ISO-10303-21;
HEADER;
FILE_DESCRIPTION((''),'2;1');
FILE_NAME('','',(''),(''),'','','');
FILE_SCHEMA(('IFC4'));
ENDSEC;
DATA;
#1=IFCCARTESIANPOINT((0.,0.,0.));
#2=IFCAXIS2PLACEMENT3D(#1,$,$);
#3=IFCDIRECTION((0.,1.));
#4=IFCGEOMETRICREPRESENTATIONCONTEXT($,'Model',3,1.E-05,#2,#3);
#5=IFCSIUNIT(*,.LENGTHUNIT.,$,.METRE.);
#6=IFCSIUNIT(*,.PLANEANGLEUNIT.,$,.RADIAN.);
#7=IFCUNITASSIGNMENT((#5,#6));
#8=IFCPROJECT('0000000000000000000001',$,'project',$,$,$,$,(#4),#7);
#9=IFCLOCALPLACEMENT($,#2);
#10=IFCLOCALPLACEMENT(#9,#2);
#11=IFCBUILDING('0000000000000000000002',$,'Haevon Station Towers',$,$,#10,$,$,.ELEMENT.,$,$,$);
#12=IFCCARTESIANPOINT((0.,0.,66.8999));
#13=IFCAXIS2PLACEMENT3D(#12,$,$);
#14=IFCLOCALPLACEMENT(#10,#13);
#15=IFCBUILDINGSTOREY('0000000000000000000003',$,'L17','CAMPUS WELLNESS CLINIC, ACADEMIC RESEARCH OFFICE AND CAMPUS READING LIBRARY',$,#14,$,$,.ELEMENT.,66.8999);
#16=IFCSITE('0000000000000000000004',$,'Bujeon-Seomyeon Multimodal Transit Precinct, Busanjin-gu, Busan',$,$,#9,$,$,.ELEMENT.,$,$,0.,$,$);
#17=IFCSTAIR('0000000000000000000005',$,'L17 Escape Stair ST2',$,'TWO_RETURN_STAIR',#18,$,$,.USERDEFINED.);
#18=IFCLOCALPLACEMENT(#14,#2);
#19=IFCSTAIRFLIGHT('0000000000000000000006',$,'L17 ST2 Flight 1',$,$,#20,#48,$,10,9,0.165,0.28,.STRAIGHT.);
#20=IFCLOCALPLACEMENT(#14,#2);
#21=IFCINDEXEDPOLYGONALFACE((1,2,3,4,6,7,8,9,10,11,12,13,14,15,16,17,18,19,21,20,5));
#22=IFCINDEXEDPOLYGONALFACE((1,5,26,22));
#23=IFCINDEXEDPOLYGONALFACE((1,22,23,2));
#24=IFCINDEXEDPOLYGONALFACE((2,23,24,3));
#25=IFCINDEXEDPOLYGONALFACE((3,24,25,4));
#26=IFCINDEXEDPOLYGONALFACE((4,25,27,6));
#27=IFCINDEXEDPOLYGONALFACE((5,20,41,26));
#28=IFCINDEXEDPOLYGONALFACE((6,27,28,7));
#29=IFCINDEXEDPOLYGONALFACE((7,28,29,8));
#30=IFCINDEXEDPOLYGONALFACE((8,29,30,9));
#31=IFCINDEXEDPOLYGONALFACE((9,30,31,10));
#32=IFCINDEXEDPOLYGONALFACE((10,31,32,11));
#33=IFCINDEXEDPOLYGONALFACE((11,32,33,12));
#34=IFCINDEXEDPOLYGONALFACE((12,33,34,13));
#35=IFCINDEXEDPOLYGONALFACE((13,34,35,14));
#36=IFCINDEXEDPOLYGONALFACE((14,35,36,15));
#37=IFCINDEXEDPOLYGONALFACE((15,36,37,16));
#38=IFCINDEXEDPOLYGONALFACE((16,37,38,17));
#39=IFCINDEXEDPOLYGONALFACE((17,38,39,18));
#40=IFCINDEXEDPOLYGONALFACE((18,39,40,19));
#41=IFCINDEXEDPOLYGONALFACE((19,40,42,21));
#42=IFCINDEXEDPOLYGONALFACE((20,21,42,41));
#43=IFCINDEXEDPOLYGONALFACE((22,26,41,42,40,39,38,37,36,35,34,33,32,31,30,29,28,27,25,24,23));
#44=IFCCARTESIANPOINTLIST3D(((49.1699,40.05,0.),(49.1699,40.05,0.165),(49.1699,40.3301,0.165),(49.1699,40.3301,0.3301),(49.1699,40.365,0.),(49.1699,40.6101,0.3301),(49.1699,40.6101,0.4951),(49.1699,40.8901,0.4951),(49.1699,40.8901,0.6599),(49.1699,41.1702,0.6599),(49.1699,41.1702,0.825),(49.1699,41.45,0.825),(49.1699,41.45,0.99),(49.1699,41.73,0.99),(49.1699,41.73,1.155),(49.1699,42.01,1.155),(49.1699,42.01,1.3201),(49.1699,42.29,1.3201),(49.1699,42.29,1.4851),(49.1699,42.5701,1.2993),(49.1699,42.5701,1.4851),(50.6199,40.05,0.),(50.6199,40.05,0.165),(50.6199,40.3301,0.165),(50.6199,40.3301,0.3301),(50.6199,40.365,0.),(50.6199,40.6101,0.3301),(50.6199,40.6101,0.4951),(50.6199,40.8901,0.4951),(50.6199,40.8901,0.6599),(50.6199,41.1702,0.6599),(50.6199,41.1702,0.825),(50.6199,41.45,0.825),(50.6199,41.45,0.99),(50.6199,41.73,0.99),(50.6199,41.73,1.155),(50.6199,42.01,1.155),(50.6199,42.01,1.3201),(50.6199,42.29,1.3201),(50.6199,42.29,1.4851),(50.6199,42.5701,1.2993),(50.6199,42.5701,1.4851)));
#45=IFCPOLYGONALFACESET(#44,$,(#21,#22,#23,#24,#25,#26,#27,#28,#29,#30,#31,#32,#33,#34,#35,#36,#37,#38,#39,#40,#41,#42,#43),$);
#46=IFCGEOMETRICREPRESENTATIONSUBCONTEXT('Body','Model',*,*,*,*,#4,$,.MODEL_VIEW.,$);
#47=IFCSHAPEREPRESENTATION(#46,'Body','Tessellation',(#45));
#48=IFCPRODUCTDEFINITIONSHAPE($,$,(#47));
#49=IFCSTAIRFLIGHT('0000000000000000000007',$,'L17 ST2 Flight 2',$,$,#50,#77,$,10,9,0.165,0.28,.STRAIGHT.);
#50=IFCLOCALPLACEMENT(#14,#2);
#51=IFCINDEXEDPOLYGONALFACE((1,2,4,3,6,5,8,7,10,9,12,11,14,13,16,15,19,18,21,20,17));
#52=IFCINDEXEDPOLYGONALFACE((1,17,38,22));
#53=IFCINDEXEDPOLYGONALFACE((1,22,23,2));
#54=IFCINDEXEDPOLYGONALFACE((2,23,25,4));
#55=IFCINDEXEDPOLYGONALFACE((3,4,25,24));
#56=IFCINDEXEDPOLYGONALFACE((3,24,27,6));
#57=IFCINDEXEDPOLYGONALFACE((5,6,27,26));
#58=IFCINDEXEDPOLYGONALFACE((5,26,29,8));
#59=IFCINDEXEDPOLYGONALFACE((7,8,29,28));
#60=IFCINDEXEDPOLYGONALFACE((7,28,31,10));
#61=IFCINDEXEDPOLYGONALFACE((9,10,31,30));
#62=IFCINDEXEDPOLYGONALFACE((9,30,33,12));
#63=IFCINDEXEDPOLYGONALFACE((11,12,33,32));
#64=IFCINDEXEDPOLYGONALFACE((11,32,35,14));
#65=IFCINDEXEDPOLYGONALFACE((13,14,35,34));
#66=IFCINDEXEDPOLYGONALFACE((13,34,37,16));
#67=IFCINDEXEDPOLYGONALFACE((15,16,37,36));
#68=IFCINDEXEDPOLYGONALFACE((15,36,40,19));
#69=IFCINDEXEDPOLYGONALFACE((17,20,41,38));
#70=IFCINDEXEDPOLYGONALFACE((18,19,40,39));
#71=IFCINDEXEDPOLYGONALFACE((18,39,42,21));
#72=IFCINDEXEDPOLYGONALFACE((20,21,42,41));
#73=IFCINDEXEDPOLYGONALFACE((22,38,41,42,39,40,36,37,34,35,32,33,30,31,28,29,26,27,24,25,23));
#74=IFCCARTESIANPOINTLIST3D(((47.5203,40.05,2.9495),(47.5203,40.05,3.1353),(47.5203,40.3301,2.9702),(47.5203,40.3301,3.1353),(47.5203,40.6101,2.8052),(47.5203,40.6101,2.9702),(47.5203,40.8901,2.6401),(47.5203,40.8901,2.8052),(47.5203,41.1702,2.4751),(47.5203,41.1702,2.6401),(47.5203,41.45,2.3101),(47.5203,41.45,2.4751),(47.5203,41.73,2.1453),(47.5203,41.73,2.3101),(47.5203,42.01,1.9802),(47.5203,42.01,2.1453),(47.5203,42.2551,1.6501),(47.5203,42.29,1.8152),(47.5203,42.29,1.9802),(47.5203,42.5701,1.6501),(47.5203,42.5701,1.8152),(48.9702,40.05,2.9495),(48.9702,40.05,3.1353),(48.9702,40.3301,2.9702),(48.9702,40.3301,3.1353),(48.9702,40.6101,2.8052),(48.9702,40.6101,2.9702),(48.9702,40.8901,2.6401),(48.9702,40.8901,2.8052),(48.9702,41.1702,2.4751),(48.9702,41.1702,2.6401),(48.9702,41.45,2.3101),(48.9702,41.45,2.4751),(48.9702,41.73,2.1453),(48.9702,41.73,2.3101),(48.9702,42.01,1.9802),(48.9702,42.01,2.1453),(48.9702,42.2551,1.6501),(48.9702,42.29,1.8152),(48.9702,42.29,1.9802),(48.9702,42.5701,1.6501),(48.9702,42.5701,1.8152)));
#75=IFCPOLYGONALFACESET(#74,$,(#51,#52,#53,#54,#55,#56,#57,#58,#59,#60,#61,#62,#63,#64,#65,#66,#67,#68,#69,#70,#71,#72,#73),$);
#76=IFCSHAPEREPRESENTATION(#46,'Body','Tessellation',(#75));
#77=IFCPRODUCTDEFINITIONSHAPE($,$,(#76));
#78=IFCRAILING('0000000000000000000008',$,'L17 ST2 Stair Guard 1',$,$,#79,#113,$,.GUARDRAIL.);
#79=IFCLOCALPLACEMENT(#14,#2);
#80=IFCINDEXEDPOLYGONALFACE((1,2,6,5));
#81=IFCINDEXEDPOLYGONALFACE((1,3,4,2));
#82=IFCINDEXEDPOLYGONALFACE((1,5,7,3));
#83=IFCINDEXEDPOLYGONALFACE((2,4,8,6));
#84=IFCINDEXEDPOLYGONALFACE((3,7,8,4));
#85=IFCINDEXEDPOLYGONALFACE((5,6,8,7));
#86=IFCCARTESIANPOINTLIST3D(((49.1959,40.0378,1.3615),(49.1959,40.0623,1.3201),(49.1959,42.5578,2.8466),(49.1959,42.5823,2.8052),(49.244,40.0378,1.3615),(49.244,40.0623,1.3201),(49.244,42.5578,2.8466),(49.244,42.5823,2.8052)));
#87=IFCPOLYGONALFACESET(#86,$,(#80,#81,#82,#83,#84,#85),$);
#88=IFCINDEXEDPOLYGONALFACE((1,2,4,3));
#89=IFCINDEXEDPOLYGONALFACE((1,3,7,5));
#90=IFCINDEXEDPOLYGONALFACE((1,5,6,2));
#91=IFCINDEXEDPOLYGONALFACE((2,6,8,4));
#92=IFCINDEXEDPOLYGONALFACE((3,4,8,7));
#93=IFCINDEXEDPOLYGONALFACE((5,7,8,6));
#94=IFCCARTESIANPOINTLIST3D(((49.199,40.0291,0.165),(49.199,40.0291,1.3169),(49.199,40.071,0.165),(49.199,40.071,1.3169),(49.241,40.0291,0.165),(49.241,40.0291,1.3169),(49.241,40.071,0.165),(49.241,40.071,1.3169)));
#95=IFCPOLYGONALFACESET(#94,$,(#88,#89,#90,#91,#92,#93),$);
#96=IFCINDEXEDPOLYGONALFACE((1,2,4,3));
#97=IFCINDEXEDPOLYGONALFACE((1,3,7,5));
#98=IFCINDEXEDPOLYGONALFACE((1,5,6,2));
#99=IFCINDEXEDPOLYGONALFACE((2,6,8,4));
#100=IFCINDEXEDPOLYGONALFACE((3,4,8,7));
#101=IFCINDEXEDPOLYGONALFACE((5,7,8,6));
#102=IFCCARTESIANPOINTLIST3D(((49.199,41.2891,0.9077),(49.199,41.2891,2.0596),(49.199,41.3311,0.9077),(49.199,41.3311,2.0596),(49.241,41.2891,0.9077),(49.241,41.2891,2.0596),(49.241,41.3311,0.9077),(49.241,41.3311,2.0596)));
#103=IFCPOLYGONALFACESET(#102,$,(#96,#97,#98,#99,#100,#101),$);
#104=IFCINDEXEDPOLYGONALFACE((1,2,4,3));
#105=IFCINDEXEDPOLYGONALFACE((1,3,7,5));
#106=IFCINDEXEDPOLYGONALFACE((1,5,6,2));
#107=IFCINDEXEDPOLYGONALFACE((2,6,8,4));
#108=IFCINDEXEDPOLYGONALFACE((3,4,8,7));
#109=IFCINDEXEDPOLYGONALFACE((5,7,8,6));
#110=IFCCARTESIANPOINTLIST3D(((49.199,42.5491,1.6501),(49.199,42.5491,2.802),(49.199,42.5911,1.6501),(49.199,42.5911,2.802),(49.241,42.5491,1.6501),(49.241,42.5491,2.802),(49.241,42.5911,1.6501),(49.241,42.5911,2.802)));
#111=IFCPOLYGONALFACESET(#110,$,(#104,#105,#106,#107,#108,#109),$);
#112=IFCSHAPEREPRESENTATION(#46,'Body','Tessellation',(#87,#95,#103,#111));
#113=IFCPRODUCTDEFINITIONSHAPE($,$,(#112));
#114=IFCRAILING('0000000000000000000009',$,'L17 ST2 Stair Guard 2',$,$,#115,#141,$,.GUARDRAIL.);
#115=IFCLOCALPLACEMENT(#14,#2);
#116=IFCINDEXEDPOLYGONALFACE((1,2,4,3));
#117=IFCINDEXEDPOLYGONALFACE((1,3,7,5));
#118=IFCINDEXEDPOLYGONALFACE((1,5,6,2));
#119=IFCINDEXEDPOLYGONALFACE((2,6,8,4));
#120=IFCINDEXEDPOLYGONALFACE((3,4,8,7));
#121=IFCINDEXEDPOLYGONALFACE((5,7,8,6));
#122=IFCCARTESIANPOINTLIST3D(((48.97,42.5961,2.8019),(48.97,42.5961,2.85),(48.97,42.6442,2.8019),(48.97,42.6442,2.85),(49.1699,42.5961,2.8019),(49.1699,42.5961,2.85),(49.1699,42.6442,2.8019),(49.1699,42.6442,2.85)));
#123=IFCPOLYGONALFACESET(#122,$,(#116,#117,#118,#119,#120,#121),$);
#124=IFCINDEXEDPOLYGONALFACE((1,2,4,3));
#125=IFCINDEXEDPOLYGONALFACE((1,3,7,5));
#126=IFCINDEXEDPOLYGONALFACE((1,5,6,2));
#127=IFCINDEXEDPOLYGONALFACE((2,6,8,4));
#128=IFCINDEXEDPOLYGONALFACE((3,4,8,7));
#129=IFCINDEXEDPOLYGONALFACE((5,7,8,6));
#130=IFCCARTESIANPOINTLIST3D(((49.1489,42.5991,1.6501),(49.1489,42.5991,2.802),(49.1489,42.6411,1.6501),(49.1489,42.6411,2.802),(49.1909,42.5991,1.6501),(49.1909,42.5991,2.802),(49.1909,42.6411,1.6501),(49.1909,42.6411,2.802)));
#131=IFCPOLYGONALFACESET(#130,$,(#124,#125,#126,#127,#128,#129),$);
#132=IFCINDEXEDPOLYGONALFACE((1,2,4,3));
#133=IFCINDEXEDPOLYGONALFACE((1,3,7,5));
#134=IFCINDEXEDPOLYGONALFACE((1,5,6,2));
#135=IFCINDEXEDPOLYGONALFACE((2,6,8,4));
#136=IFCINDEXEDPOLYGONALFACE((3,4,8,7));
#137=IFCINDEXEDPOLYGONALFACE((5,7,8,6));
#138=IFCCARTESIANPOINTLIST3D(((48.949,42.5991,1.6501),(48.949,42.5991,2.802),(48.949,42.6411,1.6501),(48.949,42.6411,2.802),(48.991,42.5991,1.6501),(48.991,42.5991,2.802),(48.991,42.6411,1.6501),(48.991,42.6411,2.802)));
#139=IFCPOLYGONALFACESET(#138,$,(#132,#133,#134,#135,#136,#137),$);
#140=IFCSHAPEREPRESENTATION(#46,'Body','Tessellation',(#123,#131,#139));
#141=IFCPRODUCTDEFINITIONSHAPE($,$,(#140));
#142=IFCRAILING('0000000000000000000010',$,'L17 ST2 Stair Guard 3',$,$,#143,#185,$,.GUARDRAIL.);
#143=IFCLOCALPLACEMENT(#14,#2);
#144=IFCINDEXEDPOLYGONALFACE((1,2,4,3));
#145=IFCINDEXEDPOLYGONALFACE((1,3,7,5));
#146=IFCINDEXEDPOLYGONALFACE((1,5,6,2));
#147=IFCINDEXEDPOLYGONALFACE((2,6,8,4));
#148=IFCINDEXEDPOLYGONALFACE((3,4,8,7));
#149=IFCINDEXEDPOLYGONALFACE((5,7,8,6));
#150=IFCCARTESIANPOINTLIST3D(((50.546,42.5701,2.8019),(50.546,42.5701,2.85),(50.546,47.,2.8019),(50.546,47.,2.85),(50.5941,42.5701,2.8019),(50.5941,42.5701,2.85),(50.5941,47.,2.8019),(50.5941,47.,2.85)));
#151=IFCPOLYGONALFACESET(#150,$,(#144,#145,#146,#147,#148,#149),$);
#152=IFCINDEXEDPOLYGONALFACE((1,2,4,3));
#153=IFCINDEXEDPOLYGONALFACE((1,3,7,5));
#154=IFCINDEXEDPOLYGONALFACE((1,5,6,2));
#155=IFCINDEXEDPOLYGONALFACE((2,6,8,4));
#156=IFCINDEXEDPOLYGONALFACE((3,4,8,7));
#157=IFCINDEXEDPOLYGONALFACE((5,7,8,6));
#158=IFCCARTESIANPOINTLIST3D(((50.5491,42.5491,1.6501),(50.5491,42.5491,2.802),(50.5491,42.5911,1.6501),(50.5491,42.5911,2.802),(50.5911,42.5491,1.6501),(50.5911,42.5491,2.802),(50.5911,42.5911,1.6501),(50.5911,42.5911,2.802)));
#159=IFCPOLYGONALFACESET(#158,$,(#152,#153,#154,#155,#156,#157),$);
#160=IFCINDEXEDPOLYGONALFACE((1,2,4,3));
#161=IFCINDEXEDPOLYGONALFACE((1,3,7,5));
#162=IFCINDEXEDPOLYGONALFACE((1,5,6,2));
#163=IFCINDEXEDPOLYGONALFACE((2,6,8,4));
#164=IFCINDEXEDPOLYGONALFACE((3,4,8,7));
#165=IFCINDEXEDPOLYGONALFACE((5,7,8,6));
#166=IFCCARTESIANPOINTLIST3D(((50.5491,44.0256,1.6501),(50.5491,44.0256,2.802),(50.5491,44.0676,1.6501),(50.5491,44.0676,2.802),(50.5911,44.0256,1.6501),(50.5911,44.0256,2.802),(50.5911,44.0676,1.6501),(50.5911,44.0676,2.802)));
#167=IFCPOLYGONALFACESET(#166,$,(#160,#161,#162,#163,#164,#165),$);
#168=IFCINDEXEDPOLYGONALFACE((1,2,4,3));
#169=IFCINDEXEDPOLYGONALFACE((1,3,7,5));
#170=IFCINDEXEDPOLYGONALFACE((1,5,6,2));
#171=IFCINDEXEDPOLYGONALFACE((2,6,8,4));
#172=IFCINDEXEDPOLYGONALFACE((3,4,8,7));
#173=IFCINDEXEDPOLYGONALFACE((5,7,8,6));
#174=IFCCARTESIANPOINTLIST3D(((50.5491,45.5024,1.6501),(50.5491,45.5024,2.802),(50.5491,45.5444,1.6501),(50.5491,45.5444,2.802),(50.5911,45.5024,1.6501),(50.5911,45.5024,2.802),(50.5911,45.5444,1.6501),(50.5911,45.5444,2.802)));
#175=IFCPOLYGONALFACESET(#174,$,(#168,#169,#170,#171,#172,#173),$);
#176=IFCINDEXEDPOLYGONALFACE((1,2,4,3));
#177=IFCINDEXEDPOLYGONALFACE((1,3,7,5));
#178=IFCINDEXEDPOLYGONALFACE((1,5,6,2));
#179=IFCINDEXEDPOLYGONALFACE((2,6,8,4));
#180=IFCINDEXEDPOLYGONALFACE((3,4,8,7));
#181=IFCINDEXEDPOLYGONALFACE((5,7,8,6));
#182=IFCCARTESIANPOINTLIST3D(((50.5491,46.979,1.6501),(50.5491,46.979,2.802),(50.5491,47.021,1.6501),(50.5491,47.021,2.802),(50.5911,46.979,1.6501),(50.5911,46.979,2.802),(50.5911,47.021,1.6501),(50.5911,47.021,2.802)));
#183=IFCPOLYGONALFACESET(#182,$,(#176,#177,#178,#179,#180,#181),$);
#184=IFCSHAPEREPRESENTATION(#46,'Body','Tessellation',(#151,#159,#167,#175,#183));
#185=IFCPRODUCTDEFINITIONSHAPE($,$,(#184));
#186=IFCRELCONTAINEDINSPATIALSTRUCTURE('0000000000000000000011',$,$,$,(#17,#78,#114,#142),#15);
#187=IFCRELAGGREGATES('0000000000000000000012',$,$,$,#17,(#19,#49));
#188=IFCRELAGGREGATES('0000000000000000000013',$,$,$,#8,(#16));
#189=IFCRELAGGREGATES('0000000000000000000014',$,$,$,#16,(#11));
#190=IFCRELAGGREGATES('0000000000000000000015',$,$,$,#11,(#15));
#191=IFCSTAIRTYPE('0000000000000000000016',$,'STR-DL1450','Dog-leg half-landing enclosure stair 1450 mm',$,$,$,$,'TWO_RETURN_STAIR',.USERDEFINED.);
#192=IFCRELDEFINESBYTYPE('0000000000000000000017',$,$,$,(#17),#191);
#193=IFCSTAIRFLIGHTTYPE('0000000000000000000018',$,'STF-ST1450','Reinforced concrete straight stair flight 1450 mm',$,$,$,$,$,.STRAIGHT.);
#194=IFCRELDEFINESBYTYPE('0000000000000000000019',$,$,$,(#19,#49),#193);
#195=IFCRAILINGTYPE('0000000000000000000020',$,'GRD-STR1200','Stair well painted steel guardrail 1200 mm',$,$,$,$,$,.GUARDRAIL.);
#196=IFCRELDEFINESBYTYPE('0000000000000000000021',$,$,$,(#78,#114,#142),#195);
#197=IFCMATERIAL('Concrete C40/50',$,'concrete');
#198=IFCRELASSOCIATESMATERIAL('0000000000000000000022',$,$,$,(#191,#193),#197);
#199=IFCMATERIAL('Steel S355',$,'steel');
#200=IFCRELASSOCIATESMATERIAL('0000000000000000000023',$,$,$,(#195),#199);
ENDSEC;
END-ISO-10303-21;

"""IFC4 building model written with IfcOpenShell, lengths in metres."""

from ifc_helpers import new_model, si_unit, direction, frame, origin, origin_2d, place, context, subcontext, project, spatial, polyline, rectangle, outline, extrude, material, type_object, element, aggregate, save


model = new_model("IFC4")

# Units and contexts
model_context = context("Model", 3, precision=1e-05, world=origin(), true_north=direction((0.0, 1.0)))
body_context = subcontext(model_context, "Body", "Model", "MODEL_VIEW")
ifc_project = project(units=[si_unit("LENGTHUNIT", "METRE"), si_unit("PLANEANGLEUNIT", "RADIAN")], contexts=[model_context])

# Site, building, storey
site_placement = place(None, origin())
site = spatial("IfcSite", under=ifc_project, at=site_placement, Name="Bujeon-Seomyeon Multimodal Transit Precinct, Busanjin-gu, Busan", CompositionType="ELEMENT", RefElevation=0.0)
building_placement = place(site_placement, origin())
building = spatial("IfcBuilding", under=site, at=building_placement, Name="Haevon Station Towers", CompositionType="ELEMENT")
storey_placement = place(building_placement, frame((0.0, 0.0, 66.8999)))
storey = spatial("IfcBuildingStorey", under=building, at=storey_placement, Name="L17", Description="CAMPUS WELLNESS CLINIC, ACADEMIC RESEARCH OFFICE AND CAMPUS READING LIBRARY", CompositionType="ELEMENT", Elevation=66.8999)

# Shared definitions
ifc_material_1 = material(Name="Steel S355", Category="steel")

# Shared definitions
ifc_material_2 = material(Name="Concrete C40/50", Category="concrete")

# Stair, stair flights
stair_type = type_object("IfcStairType", Name="STR-DL1450", Description="Dog-leg half-landing enclosure stair 1450 mm", ElementType="TWO_RETURN_STAIR", PredefinedType="USERDEFINED", material=ifc_material_2)
stair_placement = place(storey_placement, origin())
stair = element("IfcStair", 1, at=stair_placement, inside=storey, type_object=stair_type, Name="L17 Escape Stair ST2", ObjectType="TWO_RETURN_STAIR", PredefinedType="USERDEFINED")
stair_flight_type = type_object("IfcStairFlightType", Name="STF-ST1450", Description="Reinforced concrete straight stair flight 1450 mm", PredefinedType="STRAIGHT", material=ifc_material_2)
stair_flight_1_placement = place(storey_placement, frame((49.895, 40.05, 0.0), z_axis=(0.0, 0.0, 1.0), x_axis=(0.0, 1.0, 0.0)))
stair_flight_1 = element("IfcStairFlight", 2, at=stair_flight_1_placement, type_object=stair_flight_type, Name="L17 ST2 Flight 1", NumberOfRisers=10, NumberOfTreads=9, PredefinedType="STRAIGHT", RiserHeight=0.165, TreadLength=0.28, context=body_context, shape_type="SweptSolid", body=[
    extrude(outline(polyline([(0.0, 0.0), (0.0, 0.165), (0.28, 0.165), (0.28, 0.3301), (0.5601, 0.3301), (0.5601, 0.4951), (0.8401, 0.4951), (0.8401, 0.6599), (1.1201, 0.6599), (1.1201, 0.825), (1.3999, 0.825), (1.3999, 0.99), (1.6799, 0.99), (1.6799, 1.155), (1.96, 1.155), (1.96, 1.3201), (2.24, 1.3201), (2.24, 1.4851), (2.52, 1.4851), (2.52, 1.6499), (2.52, 1.2993), (0.3149, 0.0), (0.0, 0.0)])), frame((0.0, 0.7251, 0.0), z_axis=(0.0, -1.0, 0.0), x_axis=(1.0, 0.0, 0.0)), (0.0, 0.0, 1.0), 1.45),
])
stair_flight_2_placement = place(storey_placement, frame((48.2451, 42.5701, 1.6501), z_axis=(0.0, 0.0, 1.0), x_axis=(0.0, -1.0, 0.0)))
stair_flight_2 = element("IfcStairFlight", 3, at=stair_flight_2_placement, type_object=stair_flight_type, Name="L17 ST2 Flight 2", NumberOfRisers=10, NumberOfTreads=9, PredefinedType="STRAIGHT", RiserHeight=0.165, TreadLength=0.28, context=body_context, shape_type="SweptSolid", body=[
    extrude(outline(polyline([(0.0, 0.0), (0.0, 0.165), (0.28, 0.165), (0.28, 0.3301), (0.5601, 0.3301), (0.5601, 0.4951), (0.8401, 0.4951), (0.8401, 0.6599), (1.1201, 0.6599), (1.1201, 0.825), (1.3999, 0.825), (1.3999, 0.99), (1.6799, 0.99), (1.6799, 1.155), (1.96, 1.155), (1.96, 1.3201), (2.24, 1.3201), (2.24, 1.4851), (2.52, 1.4851), (2.52, 1.6499), (2.52, 1.2993), (0.3149, 0.0), (0.0, 0.0)])), frame((0.0, 0.7251, 0.0), z_axis=(0.0, -1.0, 0.0), x_axis=(1.0, 0.0, 0.0)), (0.0, 0.0, 1.0), 1.45),
])
aggregate(stair, [stair_flight_1, stair_flight_2])

# Railings
railing_type_1 = type_object("IfcRailingType", Name="GRD-STR1200", Description="Stair well painted steel guardrail 1200 mm", PredefinedType="GUARDRAIL", material=ifc_material_1)
railing_1_placement = place(storey_placement, frame((49.22, 40.05, 0.165)))
element("IfcRailing", 4, at=railing_1_placement, inside=storey, type_object=railing_type_1, Name="L17 ST2 Stair Guard 1", PredefinedType="GUARDRAIL", context=body_context, shape_type="SweptSolid", body=[
    extrude(rectangle(XDim=0.0481, YDim=0.0481, at=origin_2d()), frame((0.0, 0.0, 1.1758), z_axis=(0.0, 0.861524, 0.507717), x_axis=(-1.0, 0.0, 0.0)), (0.0, 0.0, 1.0), 2.925),
    extrude(rectangle(XDim=0.042, YDim=0.042, at=origin_2d()), origin(), (0.0, 0.0, 1.0), 1.1519),
    extrude(rectangle(XDim=0.042, YDim=0.042, at=origin_2d()), frame((0.0, 1.26, 0.7427)), (0.0, 0.0, 1.0), 1.1519),
    extrude(rectangle(XDim=0.042, YDim=0.042, at=origin_2d()), frame((0.0, 2.52, 1.4851)), (0.0, 0.0, 1.0), 1.1519),
])
railing_2_placement = place(storey_placement, frame((49.1699, 42.6201, 1.6501)))
element("IfcRailing", 5, at=railing_2_placement, inside=storey, type_object=railing_type_1, Name="L17 ST2 Stair Guard 2", PredefinedType="GUARDRAIL", context=body_context, shape_type="SweptSolid", body=[
    extrude(rectangle(XDim=0.0481, YDim=0.0481, at=origin_2d()), frame((0.0, 0.0, 1.1758), z_axis=(-1.0, 0.0, 0.0), x_axis=(0.0, -1.0, 0.0)), (0.0, 0.0, 1.0), 0.2),
    extrude(rectangle(XDim=0.042, YDim=0.042, at=origin_2d()), origin(), (0.0, 0.0, 1.0), 1.1519),
    extrude(rectangle(XDim=0.042, YDim=0.042, at=origin_2d()), frame((-0.2, 0.0, 0.0)), (0.0, 0.0, 1.0), 1.1519),
])
for number, where, name in (
    (6, (50.5701, 42.5701, 1.6501), "L17 ST2 Stair Guard 3"),
):
    element("IfcRailing", number, at=place(storey_placement, frame(where)), inside=storey, type_object=railing_type_1, Name=name, PredefinedType="GUARDRAIL", context=body_context, shape_type="SweptSolid", body=[
        extrude(rectangle(XDim=0.0481, YDim=0.0481, at=origin_2d()), frame((0.0, 0.0, 1.1758), z_axis=(0.0, 1.0, 0.0), x_axis=(-1.0, 0.0, 0.0)), (0.0, 0.0, 1.0), 4.4299),
        extrude(rectangle(XDim=0.042, YDim=0.042, at=origin_2d()), origin(), (0.0, 0.0, 1.0), 1.1519),
        extrude(rectangle(XDim=0.042, YDim=0.042, at=origin_2d()), frame((0.0, 1.4766, 0.0)), (0.0, 0.0, 1.0), 1.1519),
        extrude(rectangle(XDim=0.042, YDim=0.042, at=origin_2d()), frame((0.0, 2.9534, 0.0)), (0.0, 0.0, 1.0), 1.1519),
        extrude(rectangle(XDim=0.042, YDim=0.042, at=origin_2d()), frame((0.0, 4.4299, 0.0)), (0.0, 0.0, 1.0), 1.1519),
    ])

save(model, "model.ifc")
